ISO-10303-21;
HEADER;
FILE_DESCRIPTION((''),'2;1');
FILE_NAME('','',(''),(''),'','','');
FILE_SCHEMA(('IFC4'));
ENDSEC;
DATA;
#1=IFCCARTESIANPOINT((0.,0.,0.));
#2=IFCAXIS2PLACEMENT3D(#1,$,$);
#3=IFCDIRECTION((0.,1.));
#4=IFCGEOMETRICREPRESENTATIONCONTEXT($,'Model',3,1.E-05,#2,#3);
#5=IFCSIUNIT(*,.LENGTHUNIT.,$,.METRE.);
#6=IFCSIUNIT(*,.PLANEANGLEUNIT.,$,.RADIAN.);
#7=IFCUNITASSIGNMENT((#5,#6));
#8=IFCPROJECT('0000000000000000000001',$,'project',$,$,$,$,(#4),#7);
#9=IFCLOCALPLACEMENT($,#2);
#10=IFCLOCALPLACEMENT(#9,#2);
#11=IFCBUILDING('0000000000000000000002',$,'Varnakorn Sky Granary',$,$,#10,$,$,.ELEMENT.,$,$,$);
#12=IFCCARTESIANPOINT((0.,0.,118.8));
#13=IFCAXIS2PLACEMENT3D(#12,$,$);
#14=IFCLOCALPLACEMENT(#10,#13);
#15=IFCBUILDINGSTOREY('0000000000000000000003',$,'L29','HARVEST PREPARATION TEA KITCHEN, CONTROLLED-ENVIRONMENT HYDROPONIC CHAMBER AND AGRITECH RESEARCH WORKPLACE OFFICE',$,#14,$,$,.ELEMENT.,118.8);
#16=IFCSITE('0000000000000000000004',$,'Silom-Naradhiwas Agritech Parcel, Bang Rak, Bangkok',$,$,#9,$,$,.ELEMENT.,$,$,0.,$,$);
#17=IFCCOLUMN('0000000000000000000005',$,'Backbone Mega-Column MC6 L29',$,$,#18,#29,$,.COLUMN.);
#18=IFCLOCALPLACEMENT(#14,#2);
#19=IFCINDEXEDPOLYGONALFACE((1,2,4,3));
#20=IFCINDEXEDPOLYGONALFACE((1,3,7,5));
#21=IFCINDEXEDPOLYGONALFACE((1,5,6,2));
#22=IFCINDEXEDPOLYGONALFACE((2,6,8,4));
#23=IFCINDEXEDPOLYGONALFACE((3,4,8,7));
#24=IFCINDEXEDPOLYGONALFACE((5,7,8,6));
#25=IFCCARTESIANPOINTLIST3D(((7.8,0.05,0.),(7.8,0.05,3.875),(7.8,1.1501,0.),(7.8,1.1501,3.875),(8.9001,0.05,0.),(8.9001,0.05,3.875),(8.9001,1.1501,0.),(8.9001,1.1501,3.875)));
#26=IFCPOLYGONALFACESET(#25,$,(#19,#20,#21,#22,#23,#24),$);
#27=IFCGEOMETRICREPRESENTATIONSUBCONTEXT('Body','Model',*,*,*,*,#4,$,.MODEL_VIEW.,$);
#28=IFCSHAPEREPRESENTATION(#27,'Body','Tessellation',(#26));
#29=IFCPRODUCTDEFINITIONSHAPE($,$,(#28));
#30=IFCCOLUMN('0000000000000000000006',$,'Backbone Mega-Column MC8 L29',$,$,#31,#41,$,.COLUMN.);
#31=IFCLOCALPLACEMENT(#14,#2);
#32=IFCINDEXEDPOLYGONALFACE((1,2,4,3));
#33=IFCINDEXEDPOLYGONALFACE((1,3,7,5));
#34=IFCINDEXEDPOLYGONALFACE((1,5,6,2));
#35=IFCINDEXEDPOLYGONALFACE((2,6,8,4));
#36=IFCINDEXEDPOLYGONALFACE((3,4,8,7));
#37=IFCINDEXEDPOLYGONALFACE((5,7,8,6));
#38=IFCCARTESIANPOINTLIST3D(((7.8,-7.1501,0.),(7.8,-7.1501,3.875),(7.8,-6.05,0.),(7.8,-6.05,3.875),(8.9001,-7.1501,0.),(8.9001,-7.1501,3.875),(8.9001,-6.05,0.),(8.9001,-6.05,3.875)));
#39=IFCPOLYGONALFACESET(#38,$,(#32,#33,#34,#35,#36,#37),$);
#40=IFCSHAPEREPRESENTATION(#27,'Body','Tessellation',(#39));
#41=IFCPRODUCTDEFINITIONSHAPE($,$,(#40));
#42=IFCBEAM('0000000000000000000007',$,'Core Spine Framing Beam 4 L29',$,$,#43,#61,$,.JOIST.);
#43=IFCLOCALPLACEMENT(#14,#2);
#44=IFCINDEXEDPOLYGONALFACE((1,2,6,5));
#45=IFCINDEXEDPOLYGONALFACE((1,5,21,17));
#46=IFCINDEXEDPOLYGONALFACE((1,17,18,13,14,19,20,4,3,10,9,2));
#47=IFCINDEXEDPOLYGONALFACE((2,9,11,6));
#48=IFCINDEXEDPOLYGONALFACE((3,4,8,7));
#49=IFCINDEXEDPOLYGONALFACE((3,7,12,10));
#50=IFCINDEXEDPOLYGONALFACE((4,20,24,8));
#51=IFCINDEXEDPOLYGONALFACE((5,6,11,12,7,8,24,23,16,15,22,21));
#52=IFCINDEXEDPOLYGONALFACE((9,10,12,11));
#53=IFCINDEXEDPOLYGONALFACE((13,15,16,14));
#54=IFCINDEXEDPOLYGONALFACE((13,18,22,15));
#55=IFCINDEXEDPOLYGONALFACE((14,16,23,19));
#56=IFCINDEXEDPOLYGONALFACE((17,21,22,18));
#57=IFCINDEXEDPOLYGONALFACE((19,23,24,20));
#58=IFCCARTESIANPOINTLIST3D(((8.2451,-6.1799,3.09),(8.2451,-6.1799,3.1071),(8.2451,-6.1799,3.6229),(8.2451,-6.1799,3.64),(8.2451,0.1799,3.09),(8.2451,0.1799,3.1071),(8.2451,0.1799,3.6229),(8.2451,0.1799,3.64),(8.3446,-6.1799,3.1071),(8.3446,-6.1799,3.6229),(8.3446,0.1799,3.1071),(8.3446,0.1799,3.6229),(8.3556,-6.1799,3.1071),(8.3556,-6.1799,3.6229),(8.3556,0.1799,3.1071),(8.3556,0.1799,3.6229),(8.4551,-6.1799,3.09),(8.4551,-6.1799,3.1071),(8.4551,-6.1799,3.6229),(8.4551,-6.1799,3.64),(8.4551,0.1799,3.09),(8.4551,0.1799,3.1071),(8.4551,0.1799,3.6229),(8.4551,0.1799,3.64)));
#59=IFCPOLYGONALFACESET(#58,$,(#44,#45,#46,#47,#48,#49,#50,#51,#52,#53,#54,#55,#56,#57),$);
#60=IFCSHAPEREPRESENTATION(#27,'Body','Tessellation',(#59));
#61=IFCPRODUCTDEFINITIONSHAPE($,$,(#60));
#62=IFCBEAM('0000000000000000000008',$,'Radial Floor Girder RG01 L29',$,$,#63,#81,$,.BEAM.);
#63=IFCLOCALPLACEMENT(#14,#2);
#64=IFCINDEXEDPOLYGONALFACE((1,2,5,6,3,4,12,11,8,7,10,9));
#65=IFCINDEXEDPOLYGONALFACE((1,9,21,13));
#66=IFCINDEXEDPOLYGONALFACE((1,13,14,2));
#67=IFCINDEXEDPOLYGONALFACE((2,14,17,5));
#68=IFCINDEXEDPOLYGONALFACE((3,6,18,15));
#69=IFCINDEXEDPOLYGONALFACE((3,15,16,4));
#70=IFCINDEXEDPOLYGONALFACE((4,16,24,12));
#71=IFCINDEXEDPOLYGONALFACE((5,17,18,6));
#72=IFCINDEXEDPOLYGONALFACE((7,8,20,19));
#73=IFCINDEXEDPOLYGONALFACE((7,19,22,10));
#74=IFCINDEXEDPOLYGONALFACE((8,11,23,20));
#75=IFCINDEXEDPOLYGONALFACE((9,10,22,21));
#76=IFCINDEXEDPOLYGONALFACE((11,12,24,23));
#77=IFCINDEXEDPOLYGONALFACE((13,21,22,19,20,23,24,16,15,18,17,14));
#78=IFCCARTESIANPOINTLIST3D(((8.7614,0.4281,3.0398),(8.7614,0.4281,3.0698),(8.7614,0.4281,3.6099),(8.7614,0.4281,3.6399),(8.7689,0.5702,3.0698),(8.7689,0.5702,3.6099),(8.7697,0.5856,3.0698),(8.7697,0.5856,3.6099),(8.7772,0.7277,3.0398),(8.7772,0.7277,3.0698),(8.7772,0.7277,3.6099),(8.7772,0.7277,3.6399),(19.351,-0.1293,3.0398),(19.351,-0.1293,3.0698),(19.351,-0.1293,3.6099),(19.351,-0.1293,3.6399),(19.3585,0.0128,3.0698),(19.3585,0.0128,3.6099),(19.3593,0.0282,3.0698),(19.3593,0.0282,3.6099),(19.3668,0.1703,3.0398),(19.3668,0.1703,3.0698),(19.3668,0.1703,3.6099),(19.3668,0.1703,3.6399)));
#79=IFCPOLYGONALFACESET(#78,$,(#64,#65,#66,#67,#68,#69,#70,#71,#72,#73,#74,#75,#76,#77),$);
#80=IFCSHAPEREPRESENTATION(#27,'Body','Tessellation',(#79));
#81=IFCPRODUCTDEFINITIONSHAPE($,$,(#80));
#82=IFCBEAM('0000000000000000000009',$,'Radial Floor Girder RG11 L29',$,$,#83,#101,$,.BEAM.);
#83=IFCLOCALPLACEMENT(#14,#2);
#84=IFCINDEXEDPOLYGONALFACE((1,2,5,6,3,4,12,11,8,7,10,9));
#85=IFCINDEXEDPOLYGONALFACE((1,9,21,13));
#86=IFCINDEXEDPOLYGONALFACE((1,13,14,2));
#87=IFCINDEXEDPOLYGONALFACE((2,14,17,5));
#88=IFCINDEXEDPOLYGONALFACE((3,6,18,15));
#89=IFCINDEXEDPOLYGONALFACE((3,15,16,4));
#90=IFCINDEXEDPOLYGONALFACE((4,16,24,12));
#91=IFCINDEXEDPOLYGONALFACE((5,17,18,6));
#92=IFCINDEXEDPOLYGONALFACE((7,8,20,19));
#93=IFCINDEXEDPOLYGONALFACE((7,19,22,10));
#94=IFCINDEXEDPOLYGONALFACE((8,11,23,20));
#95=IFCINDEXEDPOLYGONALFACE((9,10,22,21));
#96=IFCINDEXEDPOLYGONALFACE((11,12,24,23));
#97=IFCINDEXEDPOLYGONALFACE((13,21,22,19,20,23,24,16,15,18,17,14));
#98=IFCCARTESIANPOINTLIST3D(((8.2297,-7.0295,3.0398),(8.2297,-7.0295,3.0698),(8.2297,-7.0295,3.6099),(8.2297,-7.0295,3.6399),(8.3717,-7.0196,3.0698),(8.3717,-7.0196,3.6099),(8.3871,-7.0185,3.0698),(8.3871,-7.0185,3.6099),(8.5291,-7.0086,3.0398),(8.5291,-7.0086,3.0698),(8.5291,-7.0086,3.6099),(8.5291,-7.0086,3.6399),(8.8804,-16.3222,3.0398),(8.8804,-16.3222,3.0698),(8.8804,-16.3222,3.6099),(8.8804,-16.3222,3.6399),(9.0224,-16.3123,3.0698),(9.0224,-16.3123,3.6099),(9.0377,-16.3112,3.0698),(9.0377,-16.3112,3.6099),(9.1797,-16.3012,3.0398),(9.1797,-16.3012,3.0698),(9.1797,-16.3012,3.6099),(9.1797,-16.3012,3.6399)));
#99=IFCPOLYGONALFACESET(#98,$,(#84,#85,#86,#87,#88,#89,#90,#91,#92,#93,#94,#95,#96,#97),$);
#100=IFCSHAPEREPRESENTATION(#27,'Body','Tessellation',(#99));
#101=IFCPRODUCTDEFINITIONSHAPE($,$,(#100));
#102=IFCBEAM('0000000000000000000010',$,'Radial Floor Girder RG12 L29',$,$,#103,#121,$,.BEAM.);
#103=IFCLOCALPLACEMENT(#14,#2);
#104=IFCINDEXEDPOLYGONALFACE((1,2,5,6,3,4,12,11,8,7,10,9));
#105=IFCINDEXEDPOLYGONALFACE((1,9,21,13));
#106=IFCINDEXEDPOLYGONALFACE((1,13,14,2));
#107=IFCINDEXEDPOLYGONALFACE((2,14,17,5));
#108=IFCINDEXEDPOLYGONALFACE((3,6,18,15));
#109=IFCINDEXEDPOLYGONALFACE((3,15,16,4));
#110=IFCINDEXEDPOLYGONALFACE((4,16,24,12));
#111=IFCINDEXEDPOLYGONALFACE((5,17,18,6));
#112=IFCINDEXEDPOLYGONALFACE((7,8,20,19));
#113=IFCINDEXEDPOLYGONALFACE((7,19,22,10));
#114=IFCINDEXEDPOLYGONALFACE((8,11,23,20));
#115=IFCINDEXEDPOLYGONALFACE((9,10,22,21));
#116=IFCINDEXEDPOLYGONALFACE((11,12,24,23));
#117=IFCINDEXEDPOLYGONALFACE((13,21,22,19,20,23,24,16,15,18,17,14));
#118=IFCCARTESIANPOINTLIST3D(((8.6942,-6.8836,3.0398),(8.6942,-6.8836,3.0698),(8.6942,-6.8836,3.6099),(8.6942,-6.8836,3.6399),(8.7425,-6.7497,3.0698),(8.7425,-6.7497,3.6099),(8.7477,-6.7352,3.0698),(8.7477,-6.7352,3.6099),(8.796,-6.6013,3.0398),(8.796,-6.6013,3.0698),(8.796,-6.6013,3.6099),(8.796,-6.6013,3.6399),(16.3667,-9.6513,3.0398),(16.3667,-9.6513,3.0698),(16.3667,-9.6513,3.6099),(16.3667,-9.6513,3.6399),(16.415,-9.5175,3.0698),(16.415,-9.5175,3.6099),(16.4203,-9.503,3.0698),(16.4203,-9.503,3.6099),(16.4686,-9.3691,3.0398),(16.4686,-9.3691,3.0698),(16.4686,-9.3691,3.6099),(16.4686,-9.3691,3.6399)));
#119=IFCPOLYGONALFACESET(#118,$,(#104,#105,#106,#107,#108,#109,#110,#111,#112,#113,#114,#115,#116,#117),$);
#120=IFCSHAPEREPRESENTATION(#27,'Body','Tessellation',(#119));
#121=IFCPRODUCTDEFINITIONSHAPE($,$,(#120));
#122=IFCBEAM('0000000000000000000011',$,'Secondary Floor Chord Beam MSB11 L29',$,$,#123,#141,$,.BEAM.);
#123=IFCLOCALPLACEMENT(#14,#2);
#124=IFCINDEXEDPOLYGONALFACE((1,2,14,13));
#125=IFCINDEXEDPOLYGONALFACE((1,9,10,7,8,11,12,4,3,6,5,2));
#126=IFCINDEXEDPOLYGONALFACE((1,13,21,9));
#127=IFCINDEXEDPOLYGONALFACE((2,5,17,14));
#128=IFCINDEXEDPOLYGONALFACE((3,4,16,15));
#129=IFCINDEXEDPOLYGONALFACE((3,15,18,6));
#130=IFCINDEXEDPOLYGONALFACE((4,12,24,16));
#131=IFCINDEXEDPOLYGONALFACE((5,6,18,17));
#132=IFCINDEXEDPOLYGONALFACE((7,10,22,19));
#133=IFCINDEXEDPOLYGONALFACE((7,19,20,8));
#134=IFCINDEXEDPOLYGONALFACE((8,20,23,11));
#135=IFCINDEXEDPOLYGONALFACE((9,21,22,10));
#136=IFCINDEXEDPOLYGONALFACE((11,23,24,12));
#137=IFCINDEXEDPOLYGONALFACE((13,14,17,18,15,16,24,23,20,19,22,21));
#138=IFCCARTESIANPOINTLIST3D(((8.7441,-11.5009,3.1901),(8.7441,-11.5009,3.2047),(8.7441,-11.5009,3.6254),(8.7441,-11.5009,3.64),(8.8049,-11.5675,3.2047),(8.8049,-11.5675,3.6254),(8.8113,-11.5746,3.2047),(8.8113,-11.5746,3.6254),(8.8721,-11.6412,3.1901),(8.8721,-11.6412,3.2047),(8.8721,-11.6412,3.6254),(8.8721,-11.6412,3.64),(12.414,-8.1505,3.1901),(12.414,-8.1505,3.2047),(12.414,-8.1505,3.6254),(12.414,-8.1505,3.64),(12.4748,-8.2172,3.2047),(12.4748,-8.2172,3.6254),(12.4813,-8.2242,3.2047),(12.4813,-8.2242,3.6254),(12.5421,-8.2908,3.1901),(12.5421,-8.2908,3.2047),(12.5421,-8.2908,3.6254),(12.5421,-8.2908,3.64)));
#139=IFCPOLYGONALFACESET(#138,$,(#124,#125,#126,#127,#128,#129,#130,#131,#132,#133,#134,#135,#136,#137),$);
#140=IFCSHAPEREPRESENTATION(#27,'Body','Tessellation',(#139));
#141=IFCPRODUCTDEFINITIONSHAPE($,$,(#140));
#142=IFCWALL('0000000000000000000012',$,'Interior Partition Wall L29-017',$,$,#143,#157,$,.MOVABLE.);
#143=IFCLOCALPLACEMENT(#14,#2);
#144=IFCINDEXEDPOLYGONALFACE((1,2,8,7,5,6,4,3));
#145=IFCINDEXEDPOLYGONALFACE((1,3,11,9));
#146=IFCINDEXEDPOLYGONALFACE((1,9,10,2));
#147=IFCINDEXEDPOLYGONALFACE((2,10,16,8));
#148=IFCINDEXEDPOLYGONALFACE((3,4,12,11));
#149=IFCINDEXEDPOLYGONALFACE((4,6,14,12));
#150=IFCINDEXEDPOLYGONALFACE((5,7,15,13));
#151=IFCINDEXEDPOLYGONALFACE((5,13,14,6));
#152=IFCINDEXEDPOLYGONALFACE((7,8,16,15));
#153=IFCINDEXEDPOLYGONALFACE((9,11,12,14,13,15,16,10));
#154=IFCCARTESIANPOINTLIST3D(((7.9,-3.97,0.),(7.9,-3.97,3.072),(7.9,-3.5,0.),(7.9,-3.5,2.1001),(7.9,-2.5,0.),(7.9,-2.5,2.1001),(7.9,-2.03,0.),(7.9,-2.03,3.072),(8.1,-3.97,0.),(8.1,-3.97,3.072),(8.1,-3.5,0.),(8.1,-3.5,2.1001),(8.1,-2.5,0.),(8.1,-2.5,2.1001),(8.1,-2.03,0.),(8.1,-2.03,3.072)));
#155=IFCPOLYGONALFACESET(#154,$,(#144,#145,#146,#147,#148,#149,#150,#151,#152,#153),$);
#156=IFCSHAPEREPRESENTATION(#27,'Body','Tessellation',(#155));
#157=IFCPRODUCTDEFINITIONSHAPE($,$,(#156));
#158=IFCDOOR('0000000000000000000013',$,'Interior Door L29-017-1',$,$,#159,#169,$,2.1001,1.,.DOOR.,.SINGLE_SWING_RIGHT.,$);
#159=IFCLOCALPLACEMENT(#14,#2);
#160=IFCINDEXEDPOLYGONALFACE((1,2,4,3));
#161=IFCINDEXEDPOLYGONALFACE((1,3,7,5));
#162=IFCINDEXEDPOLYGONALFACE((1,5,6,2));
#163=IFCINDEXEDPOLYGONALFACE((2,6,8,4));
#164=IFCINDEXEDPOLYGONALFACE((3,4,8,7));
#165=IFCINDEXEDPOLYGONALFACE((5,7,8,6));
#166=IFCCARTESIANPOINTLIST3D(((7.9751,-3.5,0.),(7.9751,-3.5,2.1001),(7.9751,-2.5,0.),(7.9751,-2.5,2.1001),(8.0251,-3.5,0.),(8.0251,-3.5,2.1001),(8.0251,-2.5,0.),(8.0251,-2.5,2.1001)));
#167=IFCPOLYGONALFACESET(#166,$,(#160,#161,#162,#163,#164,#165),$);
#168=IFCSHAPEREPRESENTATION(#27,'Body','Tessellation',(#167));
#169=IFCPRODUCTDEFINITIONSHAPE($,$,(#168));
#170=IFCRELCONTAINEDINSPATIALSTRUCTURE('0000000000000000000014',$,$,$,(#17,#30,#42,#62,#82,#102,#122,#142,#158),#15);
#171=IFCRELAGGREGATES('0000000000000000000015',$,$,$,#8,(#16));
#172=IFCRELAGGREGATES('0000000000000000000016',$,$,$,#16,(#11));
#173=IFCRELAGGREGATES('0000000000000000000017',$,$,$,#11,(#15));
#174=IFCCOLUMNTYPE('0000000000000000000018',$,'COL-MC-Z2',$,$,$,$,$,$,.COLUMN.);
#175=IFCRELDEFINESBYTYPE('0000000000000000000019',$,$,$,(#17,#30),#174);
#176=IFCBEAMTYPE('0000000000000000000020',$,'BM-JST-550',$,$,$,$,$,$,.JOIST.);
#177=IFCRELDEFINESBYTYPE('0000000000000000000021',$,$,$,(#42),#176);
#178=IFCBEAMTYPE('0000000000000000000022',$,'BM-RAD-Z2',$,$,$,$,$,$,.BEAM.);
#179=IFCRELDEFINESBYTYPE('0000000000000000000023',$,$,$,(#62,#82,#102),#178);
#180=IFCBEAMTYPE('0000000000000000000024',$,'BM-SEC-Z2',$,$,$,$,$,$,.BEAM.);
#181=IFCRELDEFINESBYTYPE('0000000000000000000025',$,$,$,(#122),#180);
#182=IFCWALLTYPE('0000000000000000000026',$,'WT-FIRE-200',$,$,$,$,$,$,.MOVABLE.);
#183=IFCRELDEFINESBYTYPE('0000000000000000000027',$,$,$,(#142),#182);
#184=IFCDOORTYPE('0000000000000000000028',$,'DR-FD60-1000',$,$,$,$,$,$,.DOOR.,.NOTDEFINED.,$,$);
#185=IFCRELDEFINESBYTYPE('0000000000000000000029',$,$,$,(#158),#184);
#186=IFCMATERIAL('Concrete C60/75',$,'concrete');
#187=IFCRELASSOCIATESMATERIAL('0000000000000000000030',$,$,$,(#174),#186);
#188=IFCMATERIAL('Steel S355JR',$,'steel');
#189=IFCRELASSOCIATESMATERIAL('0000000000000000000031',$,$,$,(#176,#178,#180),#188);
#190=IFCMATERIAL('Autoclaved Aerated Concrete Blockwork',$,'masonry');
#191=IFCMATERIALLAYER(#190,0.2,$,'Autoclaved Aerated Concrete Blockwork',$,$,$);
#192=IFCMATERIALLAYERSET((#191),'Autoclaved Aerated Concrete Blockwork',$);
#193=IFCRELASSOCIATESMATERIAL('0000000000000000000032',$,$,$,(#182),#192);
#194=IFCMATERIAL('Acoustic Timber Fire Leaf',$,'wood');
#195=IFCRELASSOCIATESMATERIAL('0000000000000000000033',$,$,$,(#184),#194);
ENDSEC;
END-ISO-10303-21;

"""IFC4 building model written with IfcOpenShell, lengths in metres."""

from ifc_helpers import new_model, si_unit, direction, frame, frame_2d, origin, origin_2d, place, context, subcontext, project, spatial, rectangle, i_section, extrude, material, layer, layer_set, material_profile, profile_set, type_object, element, fill, save


model = new_model("IFC4")

# Units and contexts
model_context = context("Model", 3, precision=1e-05, world=origin(), true_north=direction((0.0, 1.0)))
body_context = subcontext(model_context, "Body", "Model", "MODEL_VIEW")
ifc_project = project(units=[si_unit("LENGTHUNIT", "METRE"), si_unit("PLANEANGLEUNIT", "RADIAN")], contexts=[model_context])

# Site, building, storey
site_placement = place(None, origin())
site = spatial("IfcSite", under=ifc_project, at=site_placement, Name="Silom-Naradhiwas Agritech Parcel, Bang Rak, Bangkok", CompositionType="ELEMENT", RefElevation=0.0)
building_placement = place(site_placement, origin())
building = spatial("IfcBuilding", under=site, at=building_placement, Name="Varnakorn Sky Granary", CompositionType="ELEMENT")
storey_placement = place(building_placement, frame((0.0, 0.0, 118.8)))
storey = spatial("IfcBuildingStorey", under=building, at=storey_placement, Name="L29", Description="HARVEST PREPARATION TEA KITCHEN, CONTROLLED-ENVIRONMENT HYDROPONIC CHAMBER AND AGRITECH RESEARCH WORKPLACE OFFICE", CompositionType="ELEMENT", Elevation=118.8)

# Columns
ifc_material_1 = material(Name="Concrete C60/75", Category="concrete")
ifc_material_profile_1 = material_profile(ifc_material_1, rectangle(XDim=1.1001, YDim=1.1001, at=origin_2d()), Name="RC 1100x1100")
ifc_profile_set_1 = profile_set([ifc_material_profile_1], Name="Concrete C60/75")
column_type = type_object("IfcColumnType", Name="COL-MC-Z2", PredefinedType="COLUMN", material=ifc_profile_set_1)
for number, where, z_axis, x_axis, name in (
    (1, (8.3501, 0.6001, 0.0), (0.0, 0.0, 1.0), (1.0, 0.0, 0.0), "Backbone Mega-Column MC6 L29"),
    (2, (8.3501, -6.6001, 0.0), (0.0, 0.0, 1.0), (1.0, 0.0, 0.0), "Backbone Mega-Column MC8 L29"),
):
    element("IfcColumn", number, at=place(storey_placement, frame(where, z_axis=z_axis, x_axis=x_axis)), inside=storey, type_object=column_type, Name=name, PredefinedType="COLUMN", context=body_context, shape_type="SweptSolid", body=[
        extrude(rectangle(XDim=1.1001, YDim=1.1001, at=origin_2d()), origin(), (0.0, 0.0, 1.0), 3.875),
    ])

# Beams
ifc_material_2 = material(Name="Steel S355JR", Category="steel")
ifc_material_profile_2 = material_profile(ifc_material_2, i_section(OverallWidth=0.21, OverallDepth=0.55, WebThickness=0.011, FlangeThickness=0.0171, at=origin_2d()), Name="IPE 550")
ifc_profile_set_2 = profile_set([ifc_material_profile_2], Name="Steel S355JR")
beam_type_1 = type_object("IfcBeamType", Name="BM-JST-550", PredefinedType="JOIST", material=ifc_profile_set_2)
beam_1_placement = place(storey_placement, frame((8.3501, 0.1799, 3.365), z_axis=(0.0, -1.0, 0.0), x_axis=(1.0, 0.0, 0.0)))
element("IfcBeam", 3, at=beam_1_placement, inside=storey, type_object=beam_type_1, Name="Core Spine Framing Beam 4 L29", PredefinedType="JOIST", context=body_context, shape_type="SweptSolid", body=[
    extrude(i_section(OverallWidth=0.21, OverallDepth=0.55, WebThickness=0.011, FlangeThickness=0.0171, at=origin_2d()), origin(), (0.0, 0.0, 1.0), 6.3599),
])
ifc_material_profile_3 = material_profile(ifc_material_2, i_section(OverallWidth=0.3, OverallDepth=0.6001, WebThickness=0.0154, FlangeThickness=0.03, at=origin_2d()), Name="HE 600 B")
ifc_profile_set_3 = profile_set([ifc_material_profile_3], Name="Steel S355JR")
beam_type_2 = type_object("IfcBeamType", Name="BM-RAD-Z2", PredefinedType="BEAM", material=ifc_profile_set_3)
beam_2_placement = place(storey_placement, frame((8.7693, 0.5779, 3.3398), z_axis=(0.998618, -0.052561, 0.0), x_axis=(0.052561, 0.998618, 0.0)))
element("IfcBeam", 4, at=beam_2_placement, inside=storey, type_object=beam_type_2, Name="Radial Floor Girder RG01 L29", PredefinedType="BEAM", context=body_context, shape_type="SweptSolid", body=[
    extrude(i_section(OverallWidth=0.3, OverallDepth=0.6001, WebThickness=0.0154, FlangeThickness=0.03, at=origin_2d()), origin(), (0.0, 0.0, 1.0), 10.6042),
])
beam_3_placement = place(storey_placement, frame((8.3794, -7.019, 3.3398), z_axis=(0.069845, -0.997558, 0.0), x_axis=(0.997558, 0.069845, 0.0)))
element("IfcBeam", 5, at=beam_3_placement, inside=storey, type_object=beam_type_2, Name="Radial Floor Girder RG11 L29", PredefinedType="BEAM", context=body_context, shape_type="SweptSolid", body=[
    extrude(i_section(OverallWidth=0.3, OverallDepth=0.6001, WebThickness=0.0154, FlangeThickness=0.03, at=origin_2d()), origin(), (0.0, 0.0, 1.0), 9.3154),
])
beam_4_placement = place(storey_placement, frame((8.7451, -6.7424, 3.3398), z_axis=(0.940665, -0.339336, 0.0), x_axis=(0.339336, 0.940665, 0.0)))
element("IfcBeam", 6, at=beam_4_placement, inside=storey, type_object=beam_type_2, Name="Radial Floor Girder RG12 L29", PredefinedType="BEAM", context=body_context, shape_type="SweptSolid", body=[
    extrude(i_section(OverallWidth=0.3, OverallDepth=0.6001, WebThickness=0.0154, FlangeThickness=0.03, at=origin_2d()), origin(), (0.0, 0.0, 1.0), 8.1565),
])
ifc_material_profile_4 = material_profile(ifc_material_2, i_section(OverallWidth=0.1899, OverallDepth=0.45, WebThickness=0.0095, FlangeThickness=0.0146, at=origin_2d()), Name="IPE 450")
ifc_profile_set_4 = profile_set([ifc_material_profile_4], Name="Steel S355JR")
beam_type_3 = type_object("IfcBeamType", Name="BM-SEC-Z2", PredefinedType="BEAM", material=ifc_profile_set_4)
beam_5_placement = place(storey_placement, frame((8.8081, -11.571, 3.415), z_axis=(0.738531, 0.674219, 0.0), x_axis=(-0.674219, 0.738531, 0.0)))
element("IfcBeam", 7, at=beam_5_placement, inside=storey, type_object=beam_type_3, Name="Secondary Floor Chord Beam MSB11 L29", PredefinedType="BEAM", context=body_context, shape_type="SweptSolid", body=[
    extrude(i_section(OverallWidth=0.1899, OverallDepth=0.45, WebThickness=0.0095, FlangeThickness=0.0146, at=origin_2d()), origin(), (0.0, 0.0, 1.0), 4.9692),
])

# Wall, opening, door
ifc_material_3 = material(Name="Autoclaved Aerated Concrete Blockwork", Category="masonry")
ifc_layer_1 = layer(ifc_material_3, 0.2, Name="Autoclaved Aerated Concrete Blockwork")
ifc_layer_set_1 = layer_set([ifc_layer_1], Name="Autoclaved Aerated Concrete Blockwork")
wall_type_1 = type_object("IfcWallType", Name="WT-FIRE-200", PredefinedType="MOVABLE", material=ifc_layer_set_1)
wall_1_placement = place(storey_placement, frame((8.0, -3.97, 0.0), z_axis=(0.0, 0.0, 1.0), x_axis=(0.0, 1.0, 0.0)))
wall_1 = element("IfcWall", 8, at=wall_1_placement, inside=storey, type_object=wall_type_1, Name="Interior Partition Wall L29-017", PredefinedType="MOVABLE", context=body_context, shape_type="SweptSolid", body=[
    extrude(rectangle(XDim=1.9399, YDim=0.2, at=frame_2d((0.97, 0.0))), origin(), (0.0, 0.0, 1.0), 3.072),
])
opening_1_placement = place(wall_1_placement, frame((0.47, 0.0, 0.0)))
opening_1 = element("IfcOpeningElement", 9, at=opening_1_placement, cuts=wall_1, PredefinedType="OPENING", context=body_context, shape_type="SweptSolid", body=[
    extrude(rectangle(XDim=1.0, YDim=2.1001, at=frame_2d((0.5, 1.05))), frame((0.0, 0.1099, 0.0), z_axis=(0.0, -1.0, 0.0), x_axis=(1.0, 0.0, 0.0)), (0.0, 0.0, 1.0), 0.22),
])
ifc_material_4 = material(Name="Acoustic Timber Fire Leaf", Category="wood")
door_type_1 = type_object("IfcDoorType", Name="DR-FD60-1000", OperationType="NOTDEFINED", PredefinedType="DOOR", material=ifc_material_4)
door_1_placement = place(opening_1_placement, origin())
door_1 = element("IfcDoor", 10, at=door_1_placement, inside=storey, type_object=door_type_1, Name="Interior Door L29-017-1", OperationType="SINGLE_SWING_RIGHT", OverallHeight=2.1001, OverallWidth=1.0, PredefinedType="DOOR", context=body_context, shape_type="SweptSolid", body=[
    extrude(rectangle(XDim=1.0, YDim=2.1001, at=frame_2d((0.5, 1.05))), frame((0.0, 0.0249, 0.0), z_axis=(0.0, -1.0, 0.0), x_axis=(1.0, 0.0, 0.0)), (0.0, 0.0, 1.0), 0.05),
])
fill(opening_1, door_1)

save(model, "model.ifc")
